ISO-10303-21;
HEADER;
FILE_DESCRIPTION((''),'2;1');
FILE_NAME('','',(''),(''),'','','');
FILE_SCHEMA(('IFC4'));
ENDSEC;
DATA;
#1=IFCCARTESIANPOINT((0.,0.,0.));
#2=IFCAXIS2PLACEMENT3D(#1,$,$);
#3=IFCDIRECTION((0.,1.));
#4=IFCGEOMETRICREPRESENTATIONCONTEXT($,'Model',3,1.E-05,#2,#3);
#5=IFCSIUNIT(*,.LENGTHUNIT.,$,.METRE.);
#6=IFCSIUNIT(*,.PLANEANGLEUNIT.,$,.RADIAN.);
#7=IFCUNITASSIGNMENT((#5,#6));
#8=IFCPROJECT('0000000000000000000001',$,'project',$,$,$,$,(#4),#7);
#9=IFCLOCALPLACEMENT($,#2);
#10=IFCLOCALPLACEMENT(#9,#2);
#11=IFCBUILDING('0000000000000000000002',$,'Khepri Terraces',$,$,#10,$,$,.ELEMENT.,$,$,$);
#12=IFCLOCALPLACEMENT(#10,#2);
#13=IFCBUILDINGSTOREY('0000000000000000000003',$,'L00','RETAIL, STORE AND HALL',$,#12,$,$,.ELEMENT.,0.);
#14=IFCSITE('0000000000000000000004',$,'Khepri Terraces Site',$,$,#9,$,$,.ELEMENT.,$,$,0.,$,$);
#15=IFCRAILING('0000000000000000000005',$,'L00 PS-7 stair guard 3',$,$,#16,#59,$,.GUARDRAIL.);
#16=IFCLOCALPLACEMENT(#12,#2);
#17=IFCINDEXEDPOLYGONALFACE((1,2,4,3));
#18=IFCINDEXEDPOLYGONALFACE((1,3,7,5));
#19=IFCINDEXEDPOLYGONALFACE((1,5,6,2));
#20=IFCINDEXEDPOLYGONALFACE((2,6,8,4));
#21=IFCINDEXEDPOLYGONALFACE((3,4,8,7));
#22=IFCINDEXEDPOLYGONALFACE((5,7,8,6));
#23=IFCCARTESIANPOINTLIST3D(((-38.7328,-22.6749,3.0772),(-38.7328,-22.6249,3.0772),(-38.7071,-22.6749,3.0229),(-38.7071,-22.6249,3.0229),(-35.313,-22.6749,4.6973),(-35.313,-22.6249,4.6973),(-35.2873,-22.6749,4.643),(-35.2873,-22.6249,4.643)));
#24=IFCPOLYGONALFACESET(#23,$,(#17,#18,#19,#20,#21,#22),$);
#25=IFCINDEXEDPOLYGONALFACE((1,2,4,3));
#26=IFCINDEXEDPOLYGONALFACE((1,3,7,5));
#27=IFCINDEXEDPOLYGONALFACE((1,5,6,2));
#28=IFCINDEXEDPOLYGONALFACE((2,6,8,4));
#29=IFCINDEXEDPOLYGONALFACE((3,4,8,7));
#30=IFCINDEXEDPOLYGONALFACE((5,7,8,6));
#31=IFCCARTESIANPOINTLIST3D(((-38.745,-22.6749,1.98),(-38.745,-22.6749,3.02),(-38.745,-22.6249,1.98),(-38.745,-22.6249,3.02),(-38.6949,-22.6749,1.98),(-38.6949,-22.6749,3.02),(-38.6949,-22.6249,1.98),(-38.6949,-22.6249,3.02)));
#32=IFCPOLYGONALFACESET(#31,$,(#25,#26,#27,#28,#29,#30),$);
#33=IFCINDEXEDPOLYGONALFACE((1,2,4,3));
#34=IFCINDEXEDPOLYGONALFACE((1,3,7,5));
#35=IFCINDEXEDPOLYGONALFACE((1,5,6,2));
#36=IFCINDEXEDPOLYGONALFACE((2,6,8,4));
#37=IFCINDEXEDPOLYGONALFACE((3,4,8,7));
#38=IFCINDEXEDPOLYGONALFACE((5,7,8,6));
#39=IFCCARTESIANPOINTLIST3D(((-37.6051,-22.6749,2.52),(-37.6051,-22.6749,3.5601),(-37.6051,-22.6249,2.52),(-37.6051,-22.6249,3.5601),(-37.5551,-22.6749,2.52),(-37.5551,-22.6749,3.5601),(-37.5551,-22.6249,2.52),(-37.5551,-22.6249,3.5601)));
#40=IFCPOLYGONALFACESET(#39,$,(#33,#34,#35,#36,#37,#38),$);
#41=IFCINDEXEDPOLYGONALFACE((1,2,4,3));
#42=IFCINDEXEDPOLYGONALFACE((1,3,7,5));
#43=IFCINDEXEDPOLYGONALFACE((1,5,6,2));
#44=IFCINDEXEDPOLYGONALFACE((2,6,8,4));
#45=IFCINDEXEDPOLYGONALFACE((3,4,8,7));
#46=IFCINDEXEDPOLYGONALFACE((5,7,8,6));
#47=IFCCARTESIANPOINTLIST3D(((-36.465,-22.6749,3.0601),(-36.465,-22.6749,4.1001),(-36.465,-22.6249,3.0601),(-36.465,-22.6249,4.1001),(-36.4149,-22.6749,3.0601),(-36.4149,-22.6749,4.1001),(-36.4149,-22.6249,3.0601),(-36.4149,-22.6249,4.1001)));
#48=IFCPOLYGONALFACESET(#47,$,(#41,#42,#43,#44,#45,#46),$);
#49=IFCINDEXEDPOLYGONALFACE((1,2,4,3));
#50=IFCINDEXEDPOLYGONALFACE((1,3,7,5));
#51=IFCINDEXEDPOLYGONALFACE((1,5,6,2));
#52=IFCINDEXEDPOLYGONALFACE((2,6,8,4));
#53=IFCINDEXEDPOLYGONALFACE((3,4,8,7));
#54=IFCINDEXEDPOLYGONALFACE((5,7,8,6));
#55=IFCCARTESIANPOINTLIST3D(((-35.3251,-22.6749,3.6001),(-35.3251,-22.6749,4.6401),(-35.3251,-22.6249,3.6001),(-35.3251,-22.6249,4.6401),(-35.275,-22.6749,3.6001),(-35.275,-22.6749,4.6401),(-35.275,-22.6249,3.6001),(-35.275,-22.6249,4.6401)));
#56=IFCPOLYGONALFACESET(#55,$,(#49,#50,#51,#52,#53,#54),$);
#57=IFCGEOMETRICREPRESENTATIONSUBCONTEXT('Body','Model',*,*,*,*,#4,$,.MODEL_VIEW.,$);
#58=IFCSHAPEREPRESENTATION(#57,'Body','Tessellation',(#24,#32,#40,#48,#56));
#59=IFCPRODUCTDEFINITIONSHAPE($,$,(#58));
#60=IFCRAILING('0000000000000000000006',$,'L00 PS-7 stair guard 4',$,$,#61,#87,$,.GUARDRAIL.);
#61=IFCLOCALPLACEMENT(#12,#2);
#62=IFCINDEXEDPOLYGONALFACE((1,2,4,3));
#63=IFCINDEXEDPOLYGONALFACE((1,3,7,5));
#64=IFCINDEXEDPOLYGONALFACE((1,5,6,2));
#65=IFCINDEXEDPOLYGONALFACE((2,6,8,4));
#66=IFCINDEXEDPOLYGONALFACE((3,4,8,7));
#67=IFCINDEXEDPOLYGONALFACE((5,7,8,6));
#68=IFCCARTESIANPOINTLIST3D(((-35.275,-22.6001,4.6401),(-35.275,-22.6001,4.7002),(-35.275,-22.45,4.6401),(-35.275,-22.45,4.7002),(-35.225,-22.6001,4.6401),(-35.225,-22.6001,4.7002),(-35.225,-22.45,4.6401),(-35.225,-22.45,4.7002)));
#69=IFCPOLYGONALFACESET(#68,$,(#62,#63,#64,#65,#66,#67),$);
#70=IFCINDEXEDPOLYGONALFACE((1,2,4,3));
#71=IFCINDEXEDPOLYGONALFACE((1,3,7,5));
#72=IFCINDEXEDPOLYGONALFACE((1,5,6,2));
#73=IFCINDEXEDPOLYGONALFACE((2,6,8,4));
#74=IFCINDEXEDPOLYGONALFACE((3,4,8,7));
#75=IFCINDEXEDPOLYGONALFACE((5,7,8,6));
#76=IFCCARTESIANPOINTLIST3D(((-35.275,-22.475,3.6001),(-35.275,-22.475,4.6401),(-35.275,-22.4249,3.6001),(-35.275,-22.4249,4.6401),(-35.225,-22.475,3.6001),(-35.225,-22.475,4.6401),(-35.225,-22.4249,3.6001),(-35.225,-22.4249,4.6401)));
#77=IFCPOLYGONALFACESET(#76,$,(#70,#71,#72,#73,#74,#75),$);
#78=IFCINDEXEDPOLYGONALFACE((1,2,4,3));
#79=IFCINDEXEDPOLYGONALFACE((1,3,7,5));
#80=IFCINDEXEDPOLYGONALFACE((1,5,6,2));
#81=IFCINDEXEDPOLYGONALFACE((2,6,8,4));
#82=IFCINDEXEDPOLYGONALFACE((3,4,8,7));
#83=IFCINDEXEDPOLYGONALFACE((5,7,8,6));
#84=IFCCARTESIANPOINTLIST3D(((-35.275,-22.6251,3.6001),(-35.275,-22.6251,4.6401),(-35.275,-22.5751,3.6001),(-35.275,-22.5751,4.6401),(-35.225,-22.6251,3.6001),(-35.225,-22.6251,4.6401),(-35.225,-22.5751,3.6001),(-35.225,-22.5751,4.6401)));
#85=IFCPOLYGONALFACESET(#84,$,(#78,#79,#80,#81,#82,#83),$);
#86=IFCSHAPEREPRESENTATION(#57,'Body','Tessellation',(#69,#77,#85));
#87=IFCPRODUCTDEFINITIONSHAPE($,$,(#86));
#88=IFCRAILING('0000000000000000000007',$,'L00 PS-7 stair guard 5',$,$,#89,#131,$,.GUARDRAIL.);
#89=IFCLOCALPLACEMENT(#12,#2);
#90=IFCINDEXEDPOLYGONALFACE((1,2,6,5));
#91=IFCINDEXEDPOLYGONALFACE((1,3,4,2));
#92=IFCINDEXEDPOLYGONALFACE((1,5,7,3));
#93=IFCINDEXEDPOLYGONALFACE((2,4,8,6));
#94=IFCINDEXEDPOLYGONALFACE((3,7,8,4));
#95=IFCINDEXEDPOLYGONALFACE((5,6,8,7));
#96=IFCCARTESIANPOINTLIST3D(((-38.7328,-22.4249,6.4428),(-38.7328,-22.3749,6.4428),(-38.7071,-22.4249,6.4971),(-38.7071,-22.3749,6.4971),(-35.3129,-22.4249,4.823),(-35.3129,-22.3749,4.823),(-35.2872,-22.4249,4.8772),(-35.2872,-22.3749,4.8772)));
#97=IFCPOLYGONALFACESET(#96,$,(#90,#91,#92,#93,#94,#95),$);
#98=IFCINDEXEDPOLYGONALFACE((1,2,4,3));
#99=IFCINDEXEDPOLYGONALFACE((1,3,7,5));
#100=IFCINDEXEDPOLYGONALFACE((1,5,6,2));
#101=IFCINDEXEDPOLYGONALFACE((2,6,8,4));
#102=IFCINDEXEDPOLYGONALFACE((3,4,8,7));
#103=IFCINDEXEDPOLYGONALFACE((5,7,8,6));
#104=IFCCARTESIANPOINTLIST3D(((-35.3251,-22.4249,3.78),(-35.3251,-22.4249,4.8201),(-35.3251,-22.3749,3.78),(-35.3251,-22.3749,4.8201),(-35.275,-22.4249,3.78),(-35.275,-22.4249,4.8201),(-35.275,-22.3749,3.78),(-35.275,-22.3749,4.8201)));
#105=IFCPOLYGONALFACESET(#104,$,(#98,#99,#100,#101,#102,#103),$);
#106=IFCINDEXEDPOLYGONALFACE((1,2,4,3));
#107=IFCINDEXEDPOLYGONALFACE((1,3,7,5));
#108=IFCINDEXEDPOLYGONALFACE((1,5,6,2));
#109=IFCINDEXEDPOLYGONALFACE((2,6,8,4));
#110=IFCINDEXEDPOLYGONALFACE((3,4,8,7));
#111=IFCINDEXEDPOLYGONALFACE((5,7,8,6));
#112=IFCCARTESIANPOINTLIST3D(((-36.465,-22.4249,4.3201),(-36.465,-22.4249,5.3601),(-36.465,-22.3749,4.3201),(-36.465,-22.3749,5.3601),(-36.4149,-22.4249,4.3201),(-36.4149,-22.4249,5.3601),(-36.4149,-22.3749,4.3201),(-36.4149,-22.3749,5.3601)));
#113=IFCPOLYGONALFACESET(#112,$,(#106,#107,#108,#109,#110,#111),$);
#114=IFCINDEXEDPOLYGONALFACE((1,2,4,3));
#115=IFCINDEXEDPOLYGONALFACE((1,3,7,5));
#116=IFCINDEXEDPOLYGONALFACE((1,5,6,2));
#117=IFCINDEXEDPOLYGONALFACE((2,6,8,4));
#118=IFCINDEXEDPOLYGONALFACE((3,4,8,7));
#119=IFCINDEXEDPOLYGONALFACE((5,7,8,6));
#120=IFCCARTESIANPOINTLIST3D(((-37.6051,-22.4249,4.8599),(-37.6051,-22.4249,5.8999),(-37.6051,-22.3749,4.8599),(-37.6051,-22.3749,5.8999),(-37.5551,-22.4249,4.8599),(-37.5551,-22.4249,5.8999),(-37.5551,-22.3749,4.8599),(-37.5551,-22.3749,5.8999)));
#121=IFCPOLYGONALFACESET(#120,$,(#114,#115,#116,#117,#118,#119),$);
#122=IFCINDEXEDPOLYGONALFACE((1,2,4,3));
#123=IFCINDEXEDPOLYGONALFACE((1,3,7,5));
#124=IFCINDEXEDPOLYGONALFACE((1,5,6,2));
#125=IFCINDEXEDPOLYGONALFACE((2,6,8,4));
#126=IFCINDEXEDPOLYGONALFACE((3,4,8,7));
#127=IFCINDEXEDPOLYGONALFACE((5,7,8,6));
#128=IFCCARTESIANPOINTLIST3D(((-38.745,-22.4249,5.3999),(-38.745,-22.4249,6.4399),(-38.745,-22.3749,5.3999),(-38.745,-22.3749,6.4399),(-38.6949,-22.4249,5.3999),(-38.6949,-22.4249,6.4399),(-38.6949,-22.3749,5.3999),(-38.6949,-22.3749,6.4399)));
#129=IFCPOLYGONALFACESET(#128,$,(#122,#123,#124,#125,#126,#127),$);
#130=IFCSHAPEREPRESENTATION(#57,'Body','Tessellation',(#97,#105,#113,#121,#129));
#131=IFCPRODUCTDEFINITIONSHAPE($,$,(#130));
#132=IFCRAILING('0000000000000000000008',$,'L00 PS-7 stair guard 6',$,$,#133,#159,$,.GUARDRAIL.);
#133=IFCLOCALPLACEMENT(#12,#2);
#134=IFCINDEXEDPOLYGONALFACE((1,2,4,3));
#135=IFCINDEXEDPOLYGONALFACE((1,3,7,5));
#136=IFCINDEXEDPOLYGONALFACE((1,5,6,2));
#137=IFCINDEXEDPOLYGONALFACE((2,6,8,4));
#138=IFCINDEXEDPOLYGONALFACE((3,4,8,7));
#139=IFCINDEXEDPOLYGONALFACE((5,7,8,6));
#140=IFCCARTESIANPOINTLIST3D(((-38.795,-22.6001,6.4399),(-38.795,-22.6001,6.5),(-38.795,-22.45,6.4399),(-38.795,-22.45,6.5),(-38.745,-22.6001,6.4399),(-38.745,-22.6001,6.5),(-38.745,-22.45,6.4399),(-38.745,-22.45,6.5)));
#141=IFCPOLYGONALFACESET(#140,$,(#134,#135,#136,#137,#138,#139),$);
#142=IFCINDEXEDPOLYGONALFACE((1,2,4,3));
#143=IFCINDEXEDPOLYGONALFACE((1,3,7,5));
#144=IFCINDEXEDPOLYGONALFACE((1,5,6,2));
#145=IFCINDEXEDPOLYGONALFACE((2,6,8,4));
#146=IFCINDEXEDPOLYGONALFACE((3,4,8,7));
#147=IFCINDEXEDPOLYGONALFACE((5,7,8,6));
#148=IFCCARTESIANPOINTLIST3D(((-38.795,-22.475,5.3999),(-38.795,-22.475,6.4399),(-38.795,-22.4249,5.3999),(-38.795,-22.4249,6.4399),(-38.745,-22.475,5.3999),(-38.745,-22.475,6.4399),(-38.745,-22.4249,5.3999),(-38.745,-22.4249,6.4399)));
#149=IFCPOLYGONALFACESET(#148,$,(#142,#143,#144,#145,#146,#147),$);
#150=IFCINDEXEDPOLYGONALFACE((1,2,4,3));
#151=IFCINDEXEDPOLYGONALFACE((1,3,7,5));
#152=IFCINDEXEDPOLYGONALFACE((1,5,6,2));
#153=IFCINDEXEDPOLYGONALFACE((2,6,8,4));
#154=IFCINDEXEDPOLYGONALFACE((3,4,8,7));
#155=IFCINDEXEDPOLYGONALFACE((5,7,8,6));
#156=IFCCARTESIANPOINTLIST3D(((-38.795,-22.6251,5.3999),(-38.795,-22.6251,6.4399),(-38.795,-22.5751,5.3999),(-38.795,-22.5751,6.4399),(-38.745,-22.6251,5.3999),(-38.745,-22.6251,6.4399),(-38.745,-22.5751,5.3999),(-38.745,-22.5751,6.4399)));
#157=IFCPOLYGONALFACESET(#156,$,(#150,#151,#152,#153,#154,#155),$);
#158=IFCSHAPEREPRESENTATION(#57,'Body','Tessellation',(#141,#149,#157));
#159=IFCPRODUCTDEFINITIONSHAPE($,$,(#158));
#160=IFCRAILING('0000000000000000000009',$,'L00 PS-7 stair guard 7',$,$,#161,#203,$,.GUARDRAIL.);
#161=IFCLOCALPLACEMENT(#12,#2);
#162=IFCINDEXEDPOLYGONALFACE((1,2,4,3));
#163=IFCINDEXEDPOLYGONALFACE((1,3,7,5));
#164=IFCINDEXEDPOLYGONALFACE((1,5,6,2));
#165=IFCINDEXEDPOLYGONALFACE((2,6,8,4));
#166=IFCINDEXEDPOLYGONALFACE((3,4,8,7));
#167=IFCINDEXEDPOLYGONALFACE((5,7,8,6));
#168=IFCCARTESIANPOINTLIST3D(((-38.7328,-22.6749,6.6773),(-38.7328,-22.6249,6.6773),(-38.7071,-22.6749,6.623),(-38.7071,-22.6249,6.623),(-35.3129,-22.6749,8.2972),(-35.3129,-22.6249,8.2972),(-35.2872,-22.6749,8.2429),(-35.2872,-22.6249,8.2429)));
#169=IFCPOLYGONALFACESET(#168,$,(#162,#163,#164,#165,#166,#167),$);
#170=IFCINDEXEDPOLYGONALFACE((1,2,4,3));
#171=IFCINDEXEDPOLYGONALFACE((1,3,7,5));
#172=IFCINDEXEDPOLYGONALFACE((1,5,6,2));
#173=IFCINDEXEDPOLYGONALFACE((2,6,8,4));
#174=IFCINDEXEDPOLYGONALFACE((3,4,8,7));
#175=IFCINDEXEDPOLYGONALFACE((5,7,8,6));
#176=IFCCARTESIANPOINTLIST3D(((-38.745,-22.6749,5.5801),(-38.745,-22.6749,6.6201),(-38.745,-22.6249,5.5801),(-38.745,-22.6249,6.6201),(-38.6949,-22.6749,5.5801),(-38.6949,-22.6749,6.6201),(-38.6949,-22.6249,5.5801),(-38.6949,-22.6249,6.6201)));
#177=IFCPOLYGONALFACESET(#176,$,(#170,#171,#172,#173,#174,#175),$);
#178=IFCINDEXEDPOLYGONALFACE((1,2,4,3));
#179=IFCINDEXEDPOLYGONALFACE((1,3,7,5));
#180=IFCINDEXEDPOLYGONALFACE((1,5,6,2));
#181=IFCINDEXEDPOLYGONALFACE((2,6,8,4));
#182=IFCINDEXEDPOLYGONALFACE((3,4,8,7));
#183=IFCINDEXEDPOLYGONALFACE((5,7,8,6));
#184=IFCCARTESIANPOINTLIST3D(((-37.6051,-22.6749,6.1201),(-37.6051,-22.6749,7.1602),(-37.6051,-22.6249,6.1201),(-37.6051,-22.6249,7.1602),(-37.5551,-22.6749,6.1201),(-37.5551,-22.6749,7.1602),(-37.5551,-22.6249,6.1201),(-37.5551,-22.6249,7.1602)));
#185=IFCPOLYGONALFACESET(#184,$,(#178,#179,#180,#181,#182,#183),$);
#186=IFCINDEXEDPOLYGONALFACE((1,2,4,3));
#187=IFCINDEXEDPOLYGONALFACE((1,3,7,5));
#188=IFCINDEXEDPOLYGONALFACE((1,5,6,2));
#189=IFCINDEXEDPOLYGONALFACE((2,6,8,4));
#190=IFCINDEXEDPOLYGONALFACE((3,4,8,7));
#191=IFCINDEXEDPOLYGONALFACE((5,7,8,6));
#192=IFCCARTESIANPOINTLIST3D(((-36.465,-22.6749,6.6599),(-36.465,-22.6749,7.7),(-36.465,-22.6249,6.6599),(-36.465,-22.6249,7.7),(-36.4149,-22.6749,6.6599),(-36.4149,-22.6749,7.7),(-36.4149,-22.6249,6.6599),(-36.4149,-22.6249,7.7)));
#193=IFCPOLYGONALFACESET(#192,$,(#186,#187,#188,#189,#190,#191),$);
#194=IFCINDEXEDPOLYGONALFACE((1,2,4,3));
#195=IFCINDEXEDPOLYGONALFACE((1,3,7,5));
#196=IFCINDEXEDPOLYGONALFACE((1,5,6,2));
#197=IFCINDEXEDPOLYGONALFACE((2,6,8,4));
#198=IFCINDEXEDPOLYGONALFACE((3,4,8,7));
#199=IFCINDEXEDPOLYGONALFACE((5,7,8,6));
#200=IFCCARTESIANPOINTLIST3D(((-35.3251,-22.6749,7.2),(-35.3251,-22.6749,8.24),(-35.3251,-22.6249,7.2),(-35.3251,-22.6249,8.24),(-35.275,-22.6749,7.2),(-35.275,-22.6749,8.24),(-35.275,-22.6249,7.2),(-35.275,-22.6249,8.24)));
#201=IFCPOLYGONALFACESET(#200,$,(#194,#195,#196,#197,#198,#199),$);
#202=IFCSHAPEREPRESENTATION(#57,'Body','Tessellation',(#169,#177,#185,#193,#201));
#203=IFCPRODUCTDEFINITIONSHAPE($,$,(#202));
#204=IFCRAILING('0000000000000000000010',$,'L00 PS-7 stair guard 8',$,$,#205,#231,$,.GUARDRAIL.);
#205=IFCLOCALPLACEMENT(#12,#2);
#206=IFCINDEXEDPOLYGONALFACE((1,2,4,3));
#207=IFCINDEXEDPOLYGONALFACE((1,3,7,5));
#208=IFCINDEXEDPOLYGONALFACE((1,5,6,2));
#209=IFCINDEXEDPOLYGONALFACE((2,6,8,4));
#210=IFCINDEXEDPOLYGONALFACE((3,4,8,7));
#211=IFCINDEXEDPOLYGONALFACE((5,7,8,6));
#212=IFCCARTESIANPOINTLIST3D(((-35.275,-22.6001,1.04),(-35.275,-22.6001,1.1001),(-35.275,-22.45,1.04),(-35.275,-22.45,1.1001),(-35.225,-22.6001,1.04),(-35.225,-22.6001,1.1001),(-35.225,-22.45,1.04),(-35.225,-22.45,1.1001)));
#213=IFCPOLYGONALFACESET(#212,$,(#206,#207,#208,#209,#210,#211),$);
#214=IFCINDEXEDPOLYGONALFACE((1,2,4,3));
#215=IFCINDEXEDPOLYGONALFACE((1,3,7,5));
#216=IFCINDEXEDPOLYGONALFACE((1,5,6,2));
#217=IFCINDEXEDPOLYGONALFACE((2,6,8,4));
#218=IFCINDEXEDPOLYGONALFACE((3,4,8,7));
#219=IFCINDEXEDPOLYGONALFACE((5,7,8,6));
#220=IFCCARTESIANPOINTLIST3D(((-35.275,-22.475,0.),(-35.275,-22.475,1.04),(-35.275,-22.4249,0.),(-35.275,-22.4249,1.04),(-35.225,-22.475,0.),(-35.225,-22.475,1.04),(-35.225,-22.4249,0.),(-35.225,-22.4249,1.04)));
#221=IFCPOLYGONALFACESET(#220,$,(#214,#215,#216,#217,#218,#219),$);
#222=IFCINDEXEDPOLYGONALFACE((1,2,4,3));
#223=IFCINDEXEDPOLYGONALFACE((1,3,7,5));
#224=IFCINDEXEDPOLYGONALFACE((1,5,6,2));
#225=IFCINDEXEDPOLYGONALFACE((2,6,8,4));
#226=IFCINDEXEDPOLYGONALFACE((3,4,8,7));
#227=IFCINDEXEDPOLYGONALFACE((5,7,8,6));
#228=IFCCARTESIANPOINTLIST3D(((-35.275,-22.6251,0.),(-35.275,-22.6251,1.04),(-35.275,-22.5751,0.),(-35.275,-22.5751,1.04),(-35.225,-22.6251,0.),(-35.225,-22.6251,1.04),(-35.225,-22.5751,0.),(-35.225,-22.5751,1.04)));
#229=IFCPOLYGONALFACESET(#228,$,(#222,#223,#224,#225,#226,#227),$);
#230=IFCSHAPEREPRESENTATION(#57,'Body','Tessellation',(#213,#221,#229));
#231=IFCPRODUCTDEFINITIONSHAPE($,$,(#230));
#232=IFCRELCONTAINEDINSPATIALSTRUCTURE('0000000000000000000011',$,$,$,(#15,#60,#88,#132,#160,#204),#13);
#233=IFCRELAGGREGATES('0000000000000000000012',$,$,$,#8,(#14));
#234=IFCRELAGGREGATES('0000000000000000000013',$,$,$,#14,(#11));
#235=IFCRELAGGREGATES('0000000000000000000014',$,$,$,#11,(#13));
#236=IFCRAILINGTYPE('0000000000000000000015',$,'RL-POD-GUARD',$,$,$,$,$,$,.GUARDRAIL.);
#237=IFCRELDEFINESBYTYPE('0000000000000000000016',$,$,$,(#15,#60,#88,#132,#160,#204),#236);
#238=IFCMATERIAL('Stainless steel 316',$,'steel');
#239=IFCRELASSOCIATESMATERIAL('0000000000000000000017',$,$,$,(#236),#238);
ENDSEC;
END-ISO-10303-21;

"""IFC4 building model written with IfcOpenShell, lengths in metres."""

from ifc_helpers import new_model, si_unit, direction, frame, origin, origin_2d, place, context, subcontext, project, spatial, rectangle, extrude, material, type_object, element, save


model = new_model("IFC4")

# Units and contexts
model_context = context("Model", 3, precision=1e-05, world=origin(), true_north=direction((0.0, 1.0)))
body_context = subcontext(model_context, "Body", "Model", "MODEL_VIEW")
ifc_project = project(units=[si_unit("LENGTHUNIT", "METRE"), si_unit("PLANEANGLEUNIT", "RADIAN")], contexts=[model_context])

# Site, building, storey
site_placement = place(None, origin())
site = spatial("IfcSite", under=ifc_project, at=site_placement, Name="Khepri Terraces Site", CompositionType="ELEMENT", RefElevation=0.0)
building_placement = place(site_placement, origin())
building = spatial("IfcBuilding", under=site, at=building_placement, Name="Khepri Terraces", CompositionType="ELEMENT")
storey_placement = place(building_placement, origin())
storey = spatial("IfcBuildingStorey", under=building, at=storey_placement, Name="L00", Description="RETAIL, STORE AND HALL", CompositionType="ELEMENT", Elevation=0.0)

# Railings
ifc_material_1 = material(Name="Stainless steel 316", Category="steel")
railing_type_1 = type_object("IfcRailingType", Name="RL-POD-GUARD", PredefinedType="GUARDRAIL", material=ifc_material_1)
railing_1_placement = place(storey_placement, frame((-38.72, -22.6499, 1.98)))
element("IfcRailing", 1, at=railing_1_placement, inside=storey, type_object=railing_type_1, Name="L00 PS-7 stair guard 3", PredefinedType="GUARDRAIL", context=body_context, shape_type="SweptSolid", body=[
    extrude(rectangle(XDim=0.05, YDim=0.0601, at=origin_2d()), frame((0.0, 0.0, 1.0701), z_axis=(0.903722, 0.0, 0.42812), x_axis=(0.0, 1.0, 0.0)), (0.0, 0.0, 1.0), 3.7842),
    extrude(rectangle(XDim=0.05, YDim=0.05, at=origin_2d()), origin(), (0.0, 0.0, 1.0), 1.04),
    extrude(rectangle(XDim=0.05, YDim=0.05, at=origin_2d()), frame((1.1399, 0.0, 0.54)), (0.0, 0.0, 1.0), 1.04),
    extrude(rectangle(XDim=0.05, YDim=0.05, at=origin_2d()), frame((2.28, 0.0, 1.0801)), (0.0, 0.0, 1.0), 1.04),
    extrude(rectangle(XDim=0.05, YDim=0.05, at=origin_2d()), frame((3.4199, 0.0, 1.6201)), (0.0, 0.0, 1.0), 1.04),
])
railing_2_placement = place(storey_placement, frame((-35.25, -22.45, 3.6001)))
element("IfcRailing", 2, at=railing_2_placement, inside=storey, type_object=railing_type_1, Name="L00 PS-7 stair guard 4", PredefinedType="GUARDRAIL", context=body_context, shape_type="SweptSolid", body=[
    extrude(rectangle(XDim=0.05, YDim=0.0601, at=origin_2d()), frame((0.0, 0.0, 1.0701), z_axis=(0.0, -1.0, 0.0), x_axis=(1.0, 0.0, 0.0)), (0.0, 0.0, 1.0), 0.1501),
    extrude(rectangle(XDim=0.05, YDim=0.05, at=origin_2d()), origin(), (0.0, 0.0, 1.0), 1.04),
    extrude(rectangle(XDim=0.05, YDim=0.05, at=origin_2d()), frame((0.0, -0.1501, 0.0)), (0.0, 0.0, 1.0), 1.04),
])
railing_3_placement = place(storey_placement, frame((-35.3, -22.3999, 3.78)))
element("IfcRailing", 3, at=railing_3_placement, inside=storey, type_object=railing_type_1, Name="L00 PS-7 stair guard 5", PredefinedType="GUARDRAIL", context=body_context, shape_type="SweptSolid", body=[
    extrude(rectangle(XDim=0.05, YDim=0.0601, at=origin_2d()), frame((0.0, 0.0, 1.0701), z_axis=(-0.903747, 0.0, 0.428067), x_axis=(0.0, -1.0, 0.0)), (0.0, 0.0, 1.0), 3.7842),
    extrude(rectangle(XDim=0.05, YDim=0.05, at=origin_2d()), origin(), (0.0, 0.0, 1.0), 1.04),
    extrude(rectangle(XDim=0.05, YDim=0.05, at=origin_2d()), frame((-1.1399, 0.0, 0.54)), (0.0, 0.0, 1.0), 1.04),
    extrude(rectangle(XDim=0.05, YDim=0.05, at=origin_2d()), frame((-2.28, 0.0, 1.0798)), (0.0, 0.0, 1.0), 1.04),
    extrude(rectangle(XDim=0.05, YDim=0.05, at=origin_2d()), frame((-3.4199, 0.0, 1.6199)), (0.0, 0.0, 1.0), 1.04),
])
railing_4_placement = place(storey_placement, frame((-38.77, -22.45, 5.3999)))
element("IfcRailing", 4, at=railing_4_placement, inside=storey, type_object=railing_type_1, Name="L00 PS-7 stair guard 6", PredefinedType="GUARDRAIL", context=body_context, shape_type="SweptSolid", body=[
    extrude(rectangle(XDim=0.05, YDim=0.0601, at=origin_2d()), frame((0.0, 0.0, 1.0701), z_axis=(0.0, -1.0, 0.0), x_axis=(1.0, 0.0, 0.0)), (0.0, 0.0, 1.0), 0.1501),
    extrude(rectangle(XDim=0.05, YDim=0.05, at=origin_2d()), origin(), (0.0, 0.0, 1.0), 1.04),
    extrude(rectangle(XDim=0.05, YDim=0.05, at=origin_2d()), frame((0.0, -0.1501, 0.0)), (0.0, 0.0, 1.0), 1.04),
])
railing_5_placement = place(storey_placement, frame((-38.72, -22.6499, 5.5801)))
element("IfcRailing", 5, at=railing_5_placement, inside=storey, type_object=railing_type_1, Name="L00 PS-7 stair guard 7", PredefinedType="GUARDRAIL", context=body_context, shape_type="SweptSolid", body=[
    extrude(rectangle(XDim=0.05, YDim=0.0601, at=origin_2d()), frame((0.0, 0.0, 1.0701), z_axis=(0.903747, 0.0, 0.428067), x_axis=(0.0, 1.0, 0.0)), (0.0, 0.0, 1.0), 3.7842),
    extrude(rectangle(XDim=0.05, YDim=0.05, at=origin_2d()), origin(), (0.0, 0.0, 1.0), 1.04),
    extrude(rectangle(XDim=0.05, YDim=0.05, at=origin_2d()), frame((1.1399, 0.0, 0.54)), (0.0, 0.0, 1.0), 1.04),
    extrude(rectangle(XDim=0.05, YDim=0.05, at=origin_2d()), frame((2.28, 0.0, 1.0798)), (0.0, 0.0, 1.0), 1.04),
    extrude(rectangle(XDim=0.05, YDim=0.05, at=origin_2d()), frame((3.4199, 0.0, 1.6199)), (0.0, 0.0, 1.0), 1.04),
])
railing_6_placement = place(storey_placement, frame((-35.25, -22.45, 0.0)))
element("IfcRailing", 6, at=railing_6_placement, inside=storey, type_object=railing_type_1, Name="L00 PS-7 stair guard 8", PredefinedType="GUARDRAIL", context=body_context, shape_type="SweptSolid", body=[
    extrude(rectangle(XDim=0.05, YDim=0.0601, at=origin_2d()), frame((0.0, 0.0, 1.0701), z_axis=(0.0, -1.0, 0.0), x_axis=(1.0, 0.0, 0.0)), (0.0, 0.0, 1.0), 0.1501),
    extrude(rectangle(XDim=0.05, YDim=0.05, at=origin_2d()), origin(), (0.0, 0.0, 1.0), 1.04),
    extrude(rectangle(XDim=0.05, YDim=0.05, at=origin_2d()), frame((0.0, -0.1501, 0.0)), (0.0, 0.0, 1.0), 1.04),
])

save(model, "model.ifc")
